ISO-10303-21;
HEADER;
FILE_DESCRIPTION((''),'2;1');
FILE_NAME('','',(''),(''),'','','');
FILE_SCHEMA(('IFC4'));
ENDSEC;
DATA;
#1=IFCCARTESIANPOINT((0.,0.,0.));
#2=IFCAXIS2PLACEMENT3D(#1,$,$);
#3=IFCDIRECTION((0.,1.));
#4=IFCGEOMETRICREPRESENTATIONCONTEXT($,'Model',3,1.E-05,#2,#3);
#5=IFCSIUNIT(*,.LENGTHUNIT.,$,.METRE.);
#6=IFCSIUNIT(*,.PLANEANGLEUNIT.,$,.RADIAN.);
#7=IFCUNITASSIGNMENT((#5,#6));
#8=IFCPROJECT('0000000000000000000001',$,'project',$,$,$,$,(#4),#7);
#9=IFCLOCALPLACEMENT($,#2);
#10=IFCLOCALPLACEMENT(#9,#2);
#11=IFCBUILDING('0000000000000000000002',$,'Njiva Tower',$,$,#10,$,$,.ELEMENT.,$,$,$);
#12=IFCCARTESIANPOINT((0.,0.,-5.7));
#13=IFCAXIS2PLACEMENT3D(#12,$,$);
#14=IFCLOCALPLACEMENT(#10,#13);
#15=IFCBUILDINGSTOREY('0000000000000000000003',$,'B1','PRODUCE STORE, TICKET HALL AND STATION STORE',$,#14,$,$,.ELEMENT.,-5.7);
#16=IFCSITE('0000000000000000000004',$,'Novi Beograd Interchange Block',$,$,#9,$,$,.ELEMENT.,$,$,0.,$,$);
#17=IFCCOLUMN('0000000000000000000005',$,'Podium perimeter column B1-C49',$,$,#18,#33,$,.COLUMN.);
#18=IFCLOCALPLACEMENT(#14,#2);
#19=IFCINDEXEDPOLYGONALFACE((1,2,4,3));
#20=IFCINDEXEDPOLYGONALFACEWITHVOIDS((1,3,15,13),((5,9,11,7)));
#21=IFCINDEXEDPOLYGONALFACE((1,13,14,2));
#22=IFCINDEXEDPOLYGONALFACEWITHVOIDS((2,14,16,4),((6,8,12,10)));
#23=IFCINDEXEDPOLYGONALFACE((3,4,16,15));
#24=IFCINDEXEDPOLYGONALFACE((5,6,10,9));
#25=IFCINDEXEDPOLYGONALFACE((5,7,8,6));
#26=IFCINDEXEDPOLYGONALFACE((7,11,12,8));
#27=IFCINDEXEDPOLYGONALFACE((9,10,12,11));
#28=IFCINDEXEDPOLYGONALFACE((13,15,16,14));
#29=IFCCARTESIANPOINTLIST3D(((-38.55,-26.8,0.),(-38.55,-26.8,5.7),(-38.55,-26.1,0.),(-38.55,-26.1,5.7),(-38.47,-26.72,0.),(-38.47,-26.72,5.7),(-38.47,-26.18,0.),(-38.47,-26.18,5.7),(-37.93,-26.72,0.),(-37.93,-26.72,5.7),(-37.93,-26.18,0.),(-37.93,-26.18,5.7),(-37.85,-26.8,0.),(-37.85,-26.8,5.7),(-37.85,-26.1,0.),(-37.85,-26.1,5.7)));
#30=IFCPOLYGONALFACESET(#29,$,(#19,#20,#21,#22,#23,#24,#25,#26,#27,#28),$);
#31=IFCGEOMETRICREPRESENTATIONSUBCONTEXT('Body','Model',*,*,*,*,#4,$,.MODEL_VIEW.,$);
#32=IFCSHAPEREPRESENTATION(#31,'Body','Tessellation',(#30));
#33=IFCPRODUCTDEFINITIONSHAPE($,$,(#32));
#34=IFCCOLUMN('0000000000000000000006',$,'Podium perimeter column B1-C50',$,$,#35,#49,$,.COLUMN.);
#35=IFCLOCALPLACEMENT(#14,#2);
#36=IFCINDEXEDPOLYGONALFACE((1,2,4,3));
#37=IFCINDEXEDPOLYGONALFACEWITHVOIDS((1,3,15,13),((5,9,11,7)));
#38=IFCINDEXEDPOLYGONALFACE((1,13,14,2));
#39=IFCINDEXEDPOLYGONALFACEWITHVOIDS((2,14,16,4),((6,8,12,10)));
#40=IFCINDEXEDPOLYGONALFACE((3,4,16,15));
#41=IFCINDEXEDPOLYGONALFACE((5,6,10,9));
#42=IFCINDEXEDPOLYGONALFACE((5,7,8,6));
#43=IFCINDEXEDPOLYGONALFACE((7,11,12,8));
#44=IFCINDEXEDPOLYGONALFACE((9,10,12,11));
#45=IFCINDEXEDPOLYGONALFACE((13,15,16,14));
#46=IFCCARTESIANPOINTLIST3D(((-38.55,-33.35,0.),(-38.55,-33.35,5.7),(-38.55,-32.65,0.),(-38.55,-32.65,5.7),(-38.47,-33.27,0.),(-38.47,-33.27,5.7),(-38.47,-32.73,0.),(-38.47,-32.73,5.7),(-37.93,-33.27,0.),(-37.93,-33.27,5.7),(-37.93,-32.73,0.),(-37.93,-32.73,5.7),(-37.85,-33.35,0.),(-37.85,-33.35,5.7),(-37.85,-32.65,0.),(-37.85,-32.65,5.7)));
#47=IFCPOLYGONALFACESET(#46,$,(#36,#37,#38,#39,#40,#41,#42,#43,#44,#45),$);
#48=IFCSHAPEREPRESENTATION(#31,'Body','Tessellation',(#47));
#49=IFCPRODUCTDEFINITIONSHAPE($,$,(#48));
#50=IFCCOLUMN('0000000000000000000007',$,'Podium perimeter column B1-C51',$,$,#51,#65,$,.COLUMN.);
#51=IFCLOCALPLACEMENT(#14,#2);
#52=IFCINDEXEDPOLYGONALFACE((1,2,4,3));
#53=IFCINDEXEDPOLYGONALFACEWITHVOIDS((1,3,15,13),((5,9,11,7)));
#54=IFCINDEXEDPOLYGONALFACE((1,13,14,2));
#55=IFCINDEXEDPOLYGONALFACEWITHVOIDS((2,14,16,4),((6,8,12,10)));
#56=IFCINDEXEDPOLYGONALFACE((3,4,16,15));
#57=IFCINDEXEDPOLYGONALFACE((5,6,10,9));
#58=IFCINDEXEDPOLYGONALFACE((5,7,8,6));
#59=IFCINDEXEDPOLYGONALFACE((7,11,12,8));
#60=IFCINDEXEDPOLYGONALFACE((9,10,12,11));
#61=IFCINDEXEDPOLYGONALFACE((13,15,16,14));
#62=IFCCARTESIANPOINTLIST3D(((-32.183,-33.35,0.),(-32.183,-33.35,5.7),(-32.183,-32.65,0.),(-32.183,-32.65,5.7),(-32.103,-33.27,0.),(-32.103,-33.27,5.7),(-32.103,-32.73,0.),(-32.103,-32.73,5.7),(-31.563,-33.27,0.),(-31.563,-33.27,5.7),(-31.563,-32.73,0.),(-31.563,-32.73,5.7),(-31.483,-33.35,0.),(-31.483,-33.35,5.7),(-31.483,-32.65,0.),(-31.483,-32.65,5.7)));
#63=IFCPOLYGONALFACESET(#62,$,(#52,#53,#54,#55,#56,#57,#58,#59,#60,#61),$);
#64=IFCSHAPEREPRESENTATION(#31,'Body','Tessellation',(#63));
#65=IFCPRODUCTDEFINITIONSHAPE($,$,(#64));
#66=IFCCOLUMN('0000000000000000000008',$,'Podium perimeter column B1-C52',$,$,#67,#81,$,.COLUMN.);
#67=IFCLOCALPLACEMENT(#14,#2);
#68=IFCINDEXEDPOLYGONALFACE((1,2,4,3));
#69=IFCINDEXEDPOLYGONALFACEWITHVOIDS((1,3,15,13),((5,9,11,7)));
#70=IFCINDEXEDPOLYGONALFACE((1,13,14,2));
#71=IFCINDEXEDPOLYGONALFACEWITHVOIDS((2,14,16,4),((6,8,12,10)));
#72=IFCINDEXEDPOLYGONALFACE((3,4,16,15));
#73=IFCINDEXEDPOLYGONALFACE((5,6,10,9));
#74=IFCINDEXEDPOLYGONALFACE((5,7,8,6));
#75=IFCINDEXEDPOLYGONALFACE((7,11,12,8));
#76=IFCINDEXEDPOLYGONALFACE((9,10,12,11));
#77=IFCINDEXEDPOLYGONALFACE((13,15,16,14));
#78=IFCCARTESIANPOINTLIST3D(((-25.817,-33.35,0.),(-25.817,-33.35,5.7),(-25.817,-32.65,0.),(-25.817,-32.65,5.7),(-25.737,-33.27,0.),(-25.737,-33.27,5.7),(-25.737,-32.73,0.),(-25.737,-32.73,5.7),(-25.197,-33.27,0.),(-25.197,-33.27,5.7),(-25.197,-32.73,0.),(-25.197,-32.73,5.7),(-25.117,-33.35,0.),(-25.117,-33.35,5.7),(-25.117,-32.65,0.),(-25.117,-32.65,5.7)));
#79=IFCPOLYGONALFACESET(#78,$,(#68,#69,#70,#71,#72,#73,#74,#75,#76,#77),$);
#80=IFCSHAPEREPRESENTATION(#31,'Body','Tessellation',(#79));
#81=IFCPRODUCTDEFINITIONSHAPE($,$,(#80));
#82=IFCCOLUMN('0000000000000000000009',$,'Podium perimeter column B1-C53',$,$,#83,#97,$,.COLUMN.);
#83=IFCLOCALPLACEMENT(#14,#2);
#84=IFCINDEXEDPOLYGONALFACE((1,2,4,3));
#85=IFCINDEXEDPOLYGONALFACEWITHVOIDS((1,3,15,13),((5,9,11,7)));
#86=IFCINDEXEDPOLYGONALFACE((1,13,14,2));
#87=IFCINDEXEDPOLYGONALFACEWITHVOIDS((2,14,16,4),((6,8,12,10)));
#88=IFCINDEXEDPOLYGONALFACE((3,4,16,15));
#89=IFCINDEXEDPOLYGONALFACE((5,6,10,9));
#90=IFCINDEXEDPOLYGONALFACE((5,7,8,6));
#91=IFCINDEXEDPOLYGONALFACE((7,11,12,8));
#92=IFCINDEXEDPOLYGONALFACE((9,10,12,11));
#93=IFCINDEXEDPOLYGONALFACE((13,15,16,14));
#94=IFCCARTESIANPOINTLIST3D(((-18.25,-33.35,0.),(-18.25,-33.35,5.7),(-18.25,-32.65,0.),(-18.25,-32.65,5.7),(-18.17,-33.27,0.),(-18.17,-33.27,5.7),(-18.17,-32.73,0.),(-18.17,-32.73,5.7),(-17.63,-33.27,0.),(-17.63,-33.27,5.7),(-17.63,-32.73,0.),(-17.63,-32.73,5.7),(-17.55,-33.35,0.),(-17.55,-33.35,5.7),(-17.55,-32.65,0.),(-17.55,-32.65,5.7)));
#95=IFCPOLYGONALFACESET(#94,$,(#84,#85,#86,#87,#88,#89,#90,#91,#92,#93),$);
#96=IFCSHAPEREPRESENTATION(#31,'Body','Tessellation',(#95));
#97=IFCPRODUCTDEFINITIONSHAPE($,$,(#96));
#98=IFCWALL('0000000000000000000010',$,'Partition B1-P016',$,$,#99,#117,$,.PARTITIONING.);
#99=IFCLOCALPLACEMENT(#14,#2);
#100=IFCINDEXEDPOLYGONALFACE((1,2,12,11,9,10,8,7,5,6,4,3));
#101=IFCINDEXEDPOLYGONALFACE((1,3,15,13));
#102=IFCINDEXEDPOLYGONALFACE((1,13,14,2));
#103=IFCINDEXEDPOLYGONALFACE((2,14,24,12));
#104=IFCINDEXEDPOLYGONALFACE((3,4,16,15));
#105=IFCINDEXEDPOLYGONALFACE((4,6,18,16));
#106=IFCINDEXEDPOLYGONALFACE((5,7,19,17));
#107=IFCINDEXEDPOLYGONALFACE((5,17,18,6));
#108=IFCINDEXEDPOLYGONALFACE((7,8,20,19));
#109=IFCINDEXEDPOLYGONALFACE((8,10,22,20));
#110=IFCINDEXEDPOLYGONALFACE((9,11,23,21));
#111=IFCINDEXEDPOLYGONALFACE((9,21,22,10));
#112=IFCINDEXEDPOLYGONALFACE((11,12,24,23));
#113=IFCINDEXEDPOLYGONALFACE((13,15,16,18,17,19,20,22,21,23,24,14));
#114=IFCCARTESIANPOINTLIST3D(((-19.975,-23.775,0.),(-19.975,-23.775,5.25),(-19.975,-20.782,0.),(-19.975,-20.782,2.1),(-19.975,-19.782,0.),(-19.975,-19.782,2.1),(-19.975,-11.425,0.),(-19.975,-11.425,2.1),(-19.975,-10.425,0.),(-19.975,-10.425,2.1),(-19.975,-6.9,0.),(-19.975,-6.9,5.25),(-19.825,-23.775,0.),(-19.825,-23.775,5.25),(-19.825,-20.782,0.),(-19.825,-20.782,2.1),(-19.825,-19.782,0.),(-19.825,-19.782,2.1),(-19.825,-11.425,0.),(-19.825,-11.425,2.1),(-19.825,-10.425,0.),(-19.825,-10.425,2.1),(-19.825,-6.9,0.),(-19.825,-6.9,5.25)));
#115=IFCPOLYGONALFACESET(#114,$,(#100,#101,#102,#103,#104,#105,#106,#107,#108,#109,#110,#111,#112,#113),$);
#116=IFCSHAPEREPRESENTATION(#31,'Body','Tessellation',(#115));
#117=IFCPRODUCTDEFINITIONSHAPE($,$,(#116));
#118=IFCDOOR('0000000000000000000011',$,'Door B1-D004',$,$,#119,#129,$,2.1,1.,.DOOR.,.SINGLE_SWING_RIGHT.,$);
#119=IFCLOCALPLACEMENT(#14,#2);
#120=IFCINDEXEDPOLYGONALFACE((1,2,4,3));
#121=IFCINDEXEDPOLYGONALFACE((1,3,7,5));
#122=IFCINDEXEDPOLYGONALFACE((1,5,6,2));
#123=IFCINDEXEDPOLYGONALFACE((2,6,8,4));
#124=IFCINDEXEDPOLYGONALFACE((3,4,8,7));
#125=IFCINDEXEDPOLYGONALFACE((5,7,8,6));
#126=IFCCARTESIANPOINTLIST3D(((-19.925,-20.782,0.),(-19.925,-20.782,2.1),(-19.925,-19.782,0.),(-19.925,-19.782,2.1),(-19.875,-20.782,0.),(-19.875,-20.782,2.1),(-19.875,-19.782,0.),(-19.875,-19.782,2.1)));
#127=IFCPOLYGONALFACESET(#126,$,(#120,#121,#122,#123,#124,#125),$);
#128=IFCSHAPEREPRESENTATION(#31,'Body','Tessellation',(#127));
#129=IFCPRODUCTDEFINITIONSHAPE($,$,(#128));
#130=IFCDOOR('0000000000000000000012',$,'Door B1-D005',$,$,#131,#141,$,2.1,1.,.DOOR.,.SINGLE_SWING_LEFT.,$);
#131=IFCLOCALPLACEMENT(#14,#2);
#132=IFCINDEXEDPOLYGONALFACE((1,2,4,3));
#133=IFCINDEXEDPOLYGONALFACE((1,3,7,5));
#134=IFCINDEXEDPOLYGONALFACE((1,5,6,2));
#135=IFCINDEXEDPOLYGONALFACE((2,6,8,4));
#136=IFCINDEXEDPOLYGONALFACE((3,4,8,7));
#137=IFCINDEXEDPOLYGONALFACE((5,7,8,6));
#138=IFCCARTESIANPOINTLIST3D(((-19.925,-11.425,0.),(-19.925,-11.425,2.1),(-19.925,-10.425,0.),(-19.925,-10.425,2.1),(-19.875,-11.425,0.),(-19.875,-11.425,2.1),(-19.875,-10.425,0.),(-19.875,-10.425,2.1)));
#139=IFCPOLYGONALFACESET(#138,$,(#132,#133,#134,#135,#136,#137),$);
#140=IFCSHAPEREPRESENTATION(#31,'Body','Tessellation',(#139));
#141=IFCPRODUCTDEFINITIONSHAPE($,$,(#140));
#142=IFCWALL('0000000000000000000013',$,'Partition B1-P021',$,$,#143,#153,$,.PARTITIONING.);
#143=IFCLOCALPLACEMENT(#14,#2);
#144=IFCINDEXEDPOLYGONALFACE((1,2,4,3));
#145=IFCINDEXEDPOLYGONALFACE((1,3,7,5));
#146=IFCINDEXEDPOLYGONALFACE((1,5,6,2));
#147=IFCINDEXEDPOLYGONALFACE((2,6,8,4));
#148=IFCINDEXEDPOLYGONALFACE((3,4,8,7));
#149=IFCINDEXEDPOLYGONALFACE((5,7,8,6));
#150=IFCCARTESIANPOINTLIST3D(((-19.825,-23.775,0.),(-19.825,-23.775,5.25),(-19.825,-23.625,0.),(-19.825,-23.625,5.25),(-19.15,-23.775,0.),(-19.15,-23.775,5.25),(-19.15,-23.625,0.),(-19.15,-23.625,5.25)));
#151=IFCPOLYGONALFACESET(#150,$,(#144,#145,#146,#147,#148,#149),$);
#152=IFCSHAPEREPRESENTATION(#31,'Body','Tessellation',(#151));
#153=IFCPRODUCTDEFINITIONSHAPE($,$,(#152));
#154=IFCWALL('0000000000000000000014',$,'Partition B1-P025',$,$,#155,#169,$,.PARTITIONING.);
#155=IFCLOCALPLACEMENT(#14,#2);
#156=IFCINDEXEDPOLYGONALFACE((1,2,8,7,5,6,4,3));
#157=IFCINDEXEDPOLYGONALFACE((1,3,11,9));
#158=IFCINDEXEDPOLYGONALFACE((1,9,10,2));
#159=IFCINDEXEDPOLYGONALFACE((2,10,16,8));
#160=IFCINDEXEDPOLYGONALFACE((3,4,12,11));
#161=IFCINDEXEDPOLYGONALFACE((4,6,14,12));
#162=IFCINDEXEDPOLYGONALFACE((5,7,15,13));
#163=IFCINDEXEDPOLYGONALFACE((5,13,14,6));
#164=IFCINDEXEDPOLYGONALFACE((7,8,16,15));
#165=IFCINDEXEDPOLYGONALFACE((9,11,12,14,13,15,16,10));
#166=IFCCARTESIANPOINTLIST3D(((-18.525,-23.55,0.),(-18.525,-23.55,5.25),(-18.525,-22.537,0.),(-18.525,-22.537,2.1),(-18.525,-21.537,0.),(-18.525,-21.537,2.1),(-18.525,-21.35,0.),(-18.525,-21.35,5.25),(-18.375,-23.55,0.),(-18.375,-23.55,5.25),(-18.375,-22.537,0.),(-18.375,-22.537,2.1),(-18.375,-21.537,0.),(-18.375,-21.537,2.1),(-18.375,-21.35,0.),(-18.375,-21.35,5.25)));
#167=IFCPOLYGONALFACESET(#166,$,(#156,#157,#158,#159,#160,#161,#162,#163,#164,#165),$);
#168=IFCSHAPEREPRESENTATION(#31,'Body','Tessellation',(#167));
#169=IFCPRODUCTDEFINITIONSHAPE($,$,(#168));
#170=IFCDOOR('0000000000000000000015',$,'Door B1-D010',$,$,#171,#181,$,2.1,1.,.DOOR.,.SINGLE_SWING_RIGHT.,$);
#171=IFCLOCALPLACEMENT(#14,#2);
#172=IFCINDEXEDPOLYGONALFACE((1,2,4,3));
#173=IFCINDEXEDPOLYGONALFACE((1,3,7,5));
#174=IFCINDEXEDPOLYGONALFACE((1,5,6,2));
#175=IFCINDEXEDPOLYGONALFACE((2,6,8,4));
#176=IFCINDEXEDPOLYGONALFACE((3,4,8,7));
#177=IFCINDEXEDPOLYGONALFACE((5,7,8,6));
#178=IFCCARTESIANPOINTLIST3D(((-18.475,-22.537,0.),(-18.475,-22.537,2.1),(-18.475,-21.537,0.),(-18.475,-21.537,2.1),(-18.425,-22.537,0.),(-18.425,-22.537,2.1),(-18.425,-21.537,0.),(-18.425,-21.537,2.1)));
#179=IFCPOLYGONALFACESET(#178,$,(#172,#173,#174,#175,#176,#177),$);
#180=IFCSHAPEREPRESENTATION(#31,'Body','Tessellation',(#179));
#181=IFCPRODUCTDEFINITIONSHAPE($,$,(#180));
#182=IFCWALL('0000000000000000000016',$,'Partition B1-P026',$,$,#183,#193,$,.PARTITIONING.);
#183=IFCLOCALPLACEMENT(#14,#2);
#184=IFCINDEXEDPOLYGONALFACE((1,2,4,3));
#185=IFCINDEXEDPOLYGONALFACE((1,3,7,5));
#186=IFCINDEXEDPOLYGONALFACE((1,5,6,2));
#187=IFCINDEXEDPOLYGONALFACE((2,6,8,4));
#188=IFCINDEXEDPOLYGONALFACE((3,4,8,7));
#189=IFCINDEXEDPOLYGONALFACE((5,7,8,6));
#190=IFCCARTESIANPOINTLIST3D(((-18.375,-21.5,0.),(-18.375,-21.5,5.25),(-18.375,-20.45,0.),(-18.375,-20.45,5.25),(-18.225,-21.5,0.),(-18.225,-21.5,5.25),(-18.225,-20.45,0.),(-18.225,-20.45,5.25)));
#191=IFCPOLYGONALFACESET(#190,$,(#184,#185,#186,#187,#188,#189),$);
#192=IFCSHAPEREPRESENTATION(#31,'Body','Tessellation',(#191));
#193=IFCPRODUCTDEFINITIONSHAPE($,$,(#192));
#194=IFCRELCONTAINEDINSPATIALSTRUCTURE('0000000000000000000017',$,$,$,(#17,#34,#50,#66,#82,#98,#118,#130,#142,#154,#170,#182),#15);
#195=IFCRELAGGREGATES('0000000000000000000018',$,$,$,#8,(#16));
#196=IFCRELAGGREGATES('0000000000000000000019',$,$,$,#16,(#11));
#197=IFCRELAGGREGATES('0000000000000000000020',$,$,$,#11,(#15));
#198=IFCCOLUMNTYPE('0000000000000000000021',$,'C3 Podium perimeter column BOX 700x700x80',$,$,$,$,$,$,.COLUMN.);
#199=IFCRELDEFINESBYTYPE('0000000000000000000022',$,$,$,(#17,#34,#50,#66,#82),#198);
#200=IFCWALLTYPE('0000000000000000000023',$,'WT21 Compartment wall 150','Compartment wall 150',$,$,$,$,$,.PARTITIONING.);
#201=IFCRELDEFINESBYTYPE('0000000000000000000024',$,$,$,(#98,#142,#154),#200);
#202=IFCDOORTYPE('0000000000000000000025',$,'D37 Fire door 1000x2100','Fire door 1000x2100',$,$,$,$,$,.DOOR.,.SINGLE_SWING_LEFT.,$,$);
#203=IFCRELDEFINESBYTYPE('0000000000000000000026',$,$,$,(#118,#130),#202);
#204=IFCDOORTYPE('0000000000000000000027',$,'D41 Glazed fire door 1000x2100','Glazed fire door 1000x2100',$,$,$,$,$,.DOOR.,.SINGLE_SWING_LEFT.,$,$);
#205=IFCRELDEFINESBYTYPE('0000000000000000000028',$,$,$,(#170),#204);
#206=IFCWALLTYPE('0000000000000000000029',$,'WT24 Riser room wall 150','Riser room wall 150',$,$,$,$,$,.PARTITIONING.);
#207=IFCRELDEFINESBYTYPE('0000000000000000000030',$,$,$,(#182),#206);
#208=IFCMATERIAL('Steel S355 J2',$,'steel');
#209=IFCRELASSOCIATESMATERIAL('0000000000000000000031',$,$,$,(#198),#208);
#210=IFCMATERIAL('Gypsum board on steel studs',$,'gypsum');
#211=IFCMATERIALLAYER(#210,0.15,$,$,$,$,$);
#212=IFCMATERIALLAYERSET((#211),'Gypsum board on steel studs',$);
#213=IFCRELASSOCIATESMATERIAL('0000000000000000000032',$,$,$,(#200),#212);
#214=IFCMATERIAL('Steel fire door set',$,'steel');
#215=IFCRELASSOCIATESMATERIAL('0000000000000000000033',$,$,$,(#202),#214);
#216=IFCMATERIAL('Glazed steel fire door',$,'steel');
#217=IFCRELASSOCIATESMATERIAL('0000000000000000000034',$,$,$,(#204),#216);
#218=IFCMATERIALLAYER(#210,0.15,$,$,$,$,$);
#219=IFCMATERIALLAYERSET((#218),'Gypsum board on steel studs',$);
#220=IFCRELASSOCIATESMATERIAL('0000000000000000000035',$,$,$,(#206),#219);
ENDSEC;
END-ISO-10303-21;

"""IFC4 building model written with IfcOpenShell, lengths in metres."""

from ifc_helpers import new_model, si_unit, direction, frame, frame_2d, origin, origin_2d, place, context, subcontext, project, spatial, rectangle, hollow_rectangle, extrude, material, layer, layer_set, material_profile, profile_set, type_object, element, fill, save


model = new_model("IFC4")

# Units and contexts
model_context = context("Model", 3, precision=1e-05, world=origin(), true_north=direction((0.0, 1.0)))
body_context = subcontext(model_context, "Body", "Model", "MODEL_VIEW")
ifc_project = project(units=[si_unit("LENGTHUNIT", "METRE"), si_unit("PLANEANGLEUNIT", "RADIAN")], contexts=[model_context])

# Site, building, storey
site_placement = place(None, origin())
site = spatial("IfcSite", under=ifc_project, at=site_placement, Name="Novi Beograd Interchange Block", CompositionType="ELEMENT", RefElevation=0.0)
building_placement = place(site_placement, origin())
building = spatial("IfcBuilding", under=site, at=building_placement, Name="Njiva Tower", CompositionType="ELEMENT")
storey_placement = place(building_placement, frame((0.0, 0.0, -5.7)))
storey = spatial("IfcBuildingStorey", under=building, at=storey_placement, Name="B1", Description="PRODUCE STORE, TICKET HALL AND STATION STORE", CompositionType="ELEMENT", Elevation=-5.7)

# Columns
ifc_material_1 = material(Name="Steel S355 J2", Category="steel")
ifc_material_profile = material_profile(ifc_material_1, hollow_rectangle(XDim=0.7, YDim=0.7, WallThickness=0.08, at=origin_2d()), Name="BOX 700x700x80")
ifc_profile_set = profile_set([ifc_material_profile], Name="Steel S355 J2")
column_type = type_object("IfcColumnType", Name="C3 Podium perimeter column BOX 700x700x80", PredefinedType="COLUMN", material=ifc_profile_set)
for number, where, z_axis, x_axis, name in (
    (1, (-38.2, -26.45, 0.0), (0.0, 0.0, 1.0), (0.0, -1.0, 0.0), "Podium perimeter column B1-C49"),
    (2, (-38.2, -33.0, 0.0), (0.0, 0.0, 1.0), (1.0, 0.0, 0.0), "Podium perimeter column B1-C50"),
    (3, (-31.833, -33.0, 0.0), (0.0, 0.0, 1.0), (1.0, 0.0, 0.0), "Podium perimeter column B1-C51"),
    (4, (-25.467, -33.0, 0.0), (0.0, 0.0, 1.0), (1.0, 0.0, 0.0), "Podium perimeter column B1-C52"),
    (5, (-17.9, -33.0, 0.0), (0.0, 0.0, 1.0), (1.0, 0.0, 0.0), "Podium perimeter column B1-C53"),
):
    element("IfcColumn", number, at=place(storey_placement, frame(where, z_axis=z_axis, x_axis=x_axis)), inside=storey, type_object=column_type, Name=name, PredefinedType="COLUMN", context=body_context, shape_type="SweptSolid", body=[
        extrude(hollow_rectangle(XDim=0.7, YDim=0.7, WallThickness=0.08, at=origin_2d()), origin(), (0.0, 0.0, 1.0), 5.7),
    ])

# Wall, openings, doors
ifc_material_2 = material(Name="Gypsum board on steel studs", Category="gypsum")
ifc_layer_1 = layer(ifc_material_2, 0.15)
ifc_layer_set_1 = layer_set([ifc_layer_1], Name="Gypsum board on steel studs")
wall_type_1 = type_object("IfcWallType", Name="WT21 Compartment wall 150", Description="Compartment wall 150", PredefinedType="PARTITIONING", material=ifc_layer_set_1)
wall_1_placement = place(storey_placement, frame((-19.9, -23.775, 0.0), z_axis=(0.0, 0.0, 1.0), x_axis=(0.0, 1.0, 0.0)))
wall_1 = element("IfcWall", 6, at=wall_1_placement, inside=storey, type_object=wall_type_1, Name="Partition B1-P016", PredefinedType="PARTITIONING", context=body_context, shape_type="SweptSolid", body=[
    extrude(rectangle(XDim=16.875, YDim=0.15, at=frame_2d((8.4375, 0.0))), origin(), (0.0, 0.0, 1.0), 5.25),
])
opening_1_placement = place(wall_1_placement, frame((2.993, 0.0, 0.0)))
opening_1 = element("IfcOpeningElement", 7, at=opening_1_placement, cuts=wall_1, PredefinedType="OPENING", context=body_context, shape_type="SweptSolid", body=[
    extrude(rectangle(XDim=1.0, YDim=2.1, at=frame_2d((0.5, 1.05))), frame((0.0, 0.085, 0.0), z_axis=(0.0, -1.0, 0.0), x_axis=(1.0, 0.0, 0.0)), (0.0, 0.0, 1.0), 0.17),
])
opening_2_placement = place(wall_1_placement, frame((12.35, 0.0, 0.0)))
opening_2 = element("IfcOpeningElement", 8, at=opening_2_placement, cuts=wall_1, PredefinedType="OPENING", context=body_context, shape_type="SweptSolid", body=[
    extrude(rectangle(XDim=1.0, YDim=2.1, at=frame_2d((0.5, 1.05))), frame((0.0, 0.085, 0.0), z_axis=(0.0, -1.0, 0.0), x_axis=(1.0, 0.0, 0.0)), (0.0, 0.0, 1.0), 0.17),
])
ifc_material_3 = material(Name="Steel fire door set", Category="steel")
door_type_1 = type_object("IfcDoorType", Name="D37 Fire door 1000x2100", Description="Fire door 1000x2100", OperationType="SINGLE_SWING_LEFT", PredefinedType="DOOR", material=ifc_material_3)
door_1_placement = place(opening_1_placement, origin())
door_1 = element("IfcDoor", 9, at=door_1_placement, inside=storey, type_object=door_type_1, Name="Door B1-D004", OperationType="SINGLE_SWING_RIGHT", OverallHeight=2.1, OverallWidth=1.0, PredefinedType="DOOR", context=body_context, shape_type="SweptSolid", body=[
    extrude(rectangle(XDim=1.0, YDim=2.1, at=frame_2d((0.5, 1.05))), frame((0.0, 0.025, 0.0), z_axis=(0.0, -1.0, 0.0), x_axis=(1.0, 0.0, 0.0)), (0.0, 0.0, 1.0), 0.05),
])
fill(opening_1, door_1)
door_2_placement = place(opening_2_placement, origin())
door_2 = element("IfcDoor", 10, at=door_2_placement, inside=storey, type_object=door_type_1, Name="Door B1-D005", OperationType="SINGLE_SWING_LEFT", OverallHeight=2.1, OverallWidth=1.0, PredefinedType="DOOR", context=body_context, shape_type="SweptSolid", body=[
    extrude(rectangle(XDim=1.0, YDim=2.1, at=frame_2d((0.5, 1.05))), frame((0.0, 0.025, 0.0), z_axis=(0.0, -1.0, 0.0), x_axis=(1.0, 0.0, 0.0)), (0.0, 0.0, 1.0), 0.05),
])
fill(opening_2, door_2)

# Wall
wall_2_placement = place(storey_placement, frame((-19.825, -23.7, 0.0), z_axis=(0.0, 0.0, 1.0), x_axis=(1.0, 0.0, 0.0)))
element("IfcWall", 11, at=wall_2_placement, inside=storey, type_object=wall_type_1, Name="Partition B1-P021", PredefinedType="PARTITIONING", context=body_context, shape_type="SweptSolid", body=[
    extrude(rectangle(XDim=0.675, YDim=0.15, at=frame_2d((0.3375, 0.0))), origin(), (0.0, 0.0, 1.0), 5.25),
])

# Wall, opening, door
wall_3_placement = place(storey_placement, frame((-18.45, -23.55, 0.0), z_axis=(0.0, 0.0, 1.0), x_axis=(0.0, 1.0, 0.0)))
wall_3 = element("IfcWall", 12, at=wall_3_placement, inside=storey, type_object=wall_type_1, Name="Partition B1-P025", PredefinedType="PARTITIONING", context=body_context, shape_type="SweptSolid", body=[
    extrude(rectangle(XDim=2.2, YDim=0.15, at=frame_2d((1.1, 0.0))), origin(), (0.0, 0.0, 1.0), 5.25),
])
opening_3_placement = place(wall_3_placement, frame((1.013, 0.0, 0.0)))
opening_3 = element("IfcOpeningElement", 13, at=opening_3_placement, cuts=wall_3, PredefinedType="OPENING", context=body_context, shape_type="SweptSolid", body=[
    extrude(rectangle(XDim=1.0, YDim=2.1, at=frame_2d((0.5, 1.05))), frame((0.0, 0.085, 0.0), z_axis=(0.0, -1.0, 0.0), x_axis=(1.0, 0.0, 0.0)), (0.0, 0.0, 1.0), 0.17),
])
ifc_material_4 = material(Name="Glazed steel fire door", Category="steel")
door_type_2 = type_object("IfcDoorType", Name="D41 Glazed fire door 1000x2100", Description="Glazed fire door 1000x2100", OperationType="SINGLE_SWING_LEFT", PredefinedType="DOOR", material=ifc_material_4)
door_3_placement = place(opening_3_placement, origin())
door_3 = element("IfcDoor", 14, at=door_3_placement, inside=storey, type_object=door_type_2, Name="Door B1-D010", OperationType="SINGLE_SWING_RIGHT", OverallHeight=2.1, OverallWidth=1.0, PredefinedType="DOOR", context=body_context, shape_type="SweptSolid", body=[
    extrude(rectangle(XDim=1.0, YDim=2.1, at=frame_2d((0.5, 1.05))), frame((0.0, 0.025, 0.0), z_axis=(0.0, -1.0, 0.0), x_axis=(1.0, 0.0, 0.0)), (0.0, 0.0, 1.0), 0.05),
])
fill(opening_3, door_3)

# Wall
ifc_layer_2 = layer(ifc_material_2, 0.15)
ifc_layer_set_2 = layer_set([ifc_layer_2], Name="Gypsum board on steel studs")
wall_type_2 = type_object("IfcWallType", Name="WT24 Riser room wall 150", Description="Riser room wall 150", PredefinedType="PARTITIONING", material=ifc_layer_set_2)
wall_4_placement = place(storey_placement, frame((-18.3, -21.5, 0.0), z_axis=(0.0, 0.0, 1.0), x_axis=(0.0, 1.0, 0.0)))
element("IfcWall", 15, at=wall_4_placement, inside=storey, type_object=wall_type_2, Name="Partition B1-P026", PredefinedType="PARTITIONING", context=body_context, shape_type="SweptSolid", body=[
    extrude(rectangle(XDim=1.05, YDim=0.15, at=frame_2d((0.525, 0.0))), origin(), (0.0, 0.0, 1.0), 5.25),
])

save(model, "model.ifc")
